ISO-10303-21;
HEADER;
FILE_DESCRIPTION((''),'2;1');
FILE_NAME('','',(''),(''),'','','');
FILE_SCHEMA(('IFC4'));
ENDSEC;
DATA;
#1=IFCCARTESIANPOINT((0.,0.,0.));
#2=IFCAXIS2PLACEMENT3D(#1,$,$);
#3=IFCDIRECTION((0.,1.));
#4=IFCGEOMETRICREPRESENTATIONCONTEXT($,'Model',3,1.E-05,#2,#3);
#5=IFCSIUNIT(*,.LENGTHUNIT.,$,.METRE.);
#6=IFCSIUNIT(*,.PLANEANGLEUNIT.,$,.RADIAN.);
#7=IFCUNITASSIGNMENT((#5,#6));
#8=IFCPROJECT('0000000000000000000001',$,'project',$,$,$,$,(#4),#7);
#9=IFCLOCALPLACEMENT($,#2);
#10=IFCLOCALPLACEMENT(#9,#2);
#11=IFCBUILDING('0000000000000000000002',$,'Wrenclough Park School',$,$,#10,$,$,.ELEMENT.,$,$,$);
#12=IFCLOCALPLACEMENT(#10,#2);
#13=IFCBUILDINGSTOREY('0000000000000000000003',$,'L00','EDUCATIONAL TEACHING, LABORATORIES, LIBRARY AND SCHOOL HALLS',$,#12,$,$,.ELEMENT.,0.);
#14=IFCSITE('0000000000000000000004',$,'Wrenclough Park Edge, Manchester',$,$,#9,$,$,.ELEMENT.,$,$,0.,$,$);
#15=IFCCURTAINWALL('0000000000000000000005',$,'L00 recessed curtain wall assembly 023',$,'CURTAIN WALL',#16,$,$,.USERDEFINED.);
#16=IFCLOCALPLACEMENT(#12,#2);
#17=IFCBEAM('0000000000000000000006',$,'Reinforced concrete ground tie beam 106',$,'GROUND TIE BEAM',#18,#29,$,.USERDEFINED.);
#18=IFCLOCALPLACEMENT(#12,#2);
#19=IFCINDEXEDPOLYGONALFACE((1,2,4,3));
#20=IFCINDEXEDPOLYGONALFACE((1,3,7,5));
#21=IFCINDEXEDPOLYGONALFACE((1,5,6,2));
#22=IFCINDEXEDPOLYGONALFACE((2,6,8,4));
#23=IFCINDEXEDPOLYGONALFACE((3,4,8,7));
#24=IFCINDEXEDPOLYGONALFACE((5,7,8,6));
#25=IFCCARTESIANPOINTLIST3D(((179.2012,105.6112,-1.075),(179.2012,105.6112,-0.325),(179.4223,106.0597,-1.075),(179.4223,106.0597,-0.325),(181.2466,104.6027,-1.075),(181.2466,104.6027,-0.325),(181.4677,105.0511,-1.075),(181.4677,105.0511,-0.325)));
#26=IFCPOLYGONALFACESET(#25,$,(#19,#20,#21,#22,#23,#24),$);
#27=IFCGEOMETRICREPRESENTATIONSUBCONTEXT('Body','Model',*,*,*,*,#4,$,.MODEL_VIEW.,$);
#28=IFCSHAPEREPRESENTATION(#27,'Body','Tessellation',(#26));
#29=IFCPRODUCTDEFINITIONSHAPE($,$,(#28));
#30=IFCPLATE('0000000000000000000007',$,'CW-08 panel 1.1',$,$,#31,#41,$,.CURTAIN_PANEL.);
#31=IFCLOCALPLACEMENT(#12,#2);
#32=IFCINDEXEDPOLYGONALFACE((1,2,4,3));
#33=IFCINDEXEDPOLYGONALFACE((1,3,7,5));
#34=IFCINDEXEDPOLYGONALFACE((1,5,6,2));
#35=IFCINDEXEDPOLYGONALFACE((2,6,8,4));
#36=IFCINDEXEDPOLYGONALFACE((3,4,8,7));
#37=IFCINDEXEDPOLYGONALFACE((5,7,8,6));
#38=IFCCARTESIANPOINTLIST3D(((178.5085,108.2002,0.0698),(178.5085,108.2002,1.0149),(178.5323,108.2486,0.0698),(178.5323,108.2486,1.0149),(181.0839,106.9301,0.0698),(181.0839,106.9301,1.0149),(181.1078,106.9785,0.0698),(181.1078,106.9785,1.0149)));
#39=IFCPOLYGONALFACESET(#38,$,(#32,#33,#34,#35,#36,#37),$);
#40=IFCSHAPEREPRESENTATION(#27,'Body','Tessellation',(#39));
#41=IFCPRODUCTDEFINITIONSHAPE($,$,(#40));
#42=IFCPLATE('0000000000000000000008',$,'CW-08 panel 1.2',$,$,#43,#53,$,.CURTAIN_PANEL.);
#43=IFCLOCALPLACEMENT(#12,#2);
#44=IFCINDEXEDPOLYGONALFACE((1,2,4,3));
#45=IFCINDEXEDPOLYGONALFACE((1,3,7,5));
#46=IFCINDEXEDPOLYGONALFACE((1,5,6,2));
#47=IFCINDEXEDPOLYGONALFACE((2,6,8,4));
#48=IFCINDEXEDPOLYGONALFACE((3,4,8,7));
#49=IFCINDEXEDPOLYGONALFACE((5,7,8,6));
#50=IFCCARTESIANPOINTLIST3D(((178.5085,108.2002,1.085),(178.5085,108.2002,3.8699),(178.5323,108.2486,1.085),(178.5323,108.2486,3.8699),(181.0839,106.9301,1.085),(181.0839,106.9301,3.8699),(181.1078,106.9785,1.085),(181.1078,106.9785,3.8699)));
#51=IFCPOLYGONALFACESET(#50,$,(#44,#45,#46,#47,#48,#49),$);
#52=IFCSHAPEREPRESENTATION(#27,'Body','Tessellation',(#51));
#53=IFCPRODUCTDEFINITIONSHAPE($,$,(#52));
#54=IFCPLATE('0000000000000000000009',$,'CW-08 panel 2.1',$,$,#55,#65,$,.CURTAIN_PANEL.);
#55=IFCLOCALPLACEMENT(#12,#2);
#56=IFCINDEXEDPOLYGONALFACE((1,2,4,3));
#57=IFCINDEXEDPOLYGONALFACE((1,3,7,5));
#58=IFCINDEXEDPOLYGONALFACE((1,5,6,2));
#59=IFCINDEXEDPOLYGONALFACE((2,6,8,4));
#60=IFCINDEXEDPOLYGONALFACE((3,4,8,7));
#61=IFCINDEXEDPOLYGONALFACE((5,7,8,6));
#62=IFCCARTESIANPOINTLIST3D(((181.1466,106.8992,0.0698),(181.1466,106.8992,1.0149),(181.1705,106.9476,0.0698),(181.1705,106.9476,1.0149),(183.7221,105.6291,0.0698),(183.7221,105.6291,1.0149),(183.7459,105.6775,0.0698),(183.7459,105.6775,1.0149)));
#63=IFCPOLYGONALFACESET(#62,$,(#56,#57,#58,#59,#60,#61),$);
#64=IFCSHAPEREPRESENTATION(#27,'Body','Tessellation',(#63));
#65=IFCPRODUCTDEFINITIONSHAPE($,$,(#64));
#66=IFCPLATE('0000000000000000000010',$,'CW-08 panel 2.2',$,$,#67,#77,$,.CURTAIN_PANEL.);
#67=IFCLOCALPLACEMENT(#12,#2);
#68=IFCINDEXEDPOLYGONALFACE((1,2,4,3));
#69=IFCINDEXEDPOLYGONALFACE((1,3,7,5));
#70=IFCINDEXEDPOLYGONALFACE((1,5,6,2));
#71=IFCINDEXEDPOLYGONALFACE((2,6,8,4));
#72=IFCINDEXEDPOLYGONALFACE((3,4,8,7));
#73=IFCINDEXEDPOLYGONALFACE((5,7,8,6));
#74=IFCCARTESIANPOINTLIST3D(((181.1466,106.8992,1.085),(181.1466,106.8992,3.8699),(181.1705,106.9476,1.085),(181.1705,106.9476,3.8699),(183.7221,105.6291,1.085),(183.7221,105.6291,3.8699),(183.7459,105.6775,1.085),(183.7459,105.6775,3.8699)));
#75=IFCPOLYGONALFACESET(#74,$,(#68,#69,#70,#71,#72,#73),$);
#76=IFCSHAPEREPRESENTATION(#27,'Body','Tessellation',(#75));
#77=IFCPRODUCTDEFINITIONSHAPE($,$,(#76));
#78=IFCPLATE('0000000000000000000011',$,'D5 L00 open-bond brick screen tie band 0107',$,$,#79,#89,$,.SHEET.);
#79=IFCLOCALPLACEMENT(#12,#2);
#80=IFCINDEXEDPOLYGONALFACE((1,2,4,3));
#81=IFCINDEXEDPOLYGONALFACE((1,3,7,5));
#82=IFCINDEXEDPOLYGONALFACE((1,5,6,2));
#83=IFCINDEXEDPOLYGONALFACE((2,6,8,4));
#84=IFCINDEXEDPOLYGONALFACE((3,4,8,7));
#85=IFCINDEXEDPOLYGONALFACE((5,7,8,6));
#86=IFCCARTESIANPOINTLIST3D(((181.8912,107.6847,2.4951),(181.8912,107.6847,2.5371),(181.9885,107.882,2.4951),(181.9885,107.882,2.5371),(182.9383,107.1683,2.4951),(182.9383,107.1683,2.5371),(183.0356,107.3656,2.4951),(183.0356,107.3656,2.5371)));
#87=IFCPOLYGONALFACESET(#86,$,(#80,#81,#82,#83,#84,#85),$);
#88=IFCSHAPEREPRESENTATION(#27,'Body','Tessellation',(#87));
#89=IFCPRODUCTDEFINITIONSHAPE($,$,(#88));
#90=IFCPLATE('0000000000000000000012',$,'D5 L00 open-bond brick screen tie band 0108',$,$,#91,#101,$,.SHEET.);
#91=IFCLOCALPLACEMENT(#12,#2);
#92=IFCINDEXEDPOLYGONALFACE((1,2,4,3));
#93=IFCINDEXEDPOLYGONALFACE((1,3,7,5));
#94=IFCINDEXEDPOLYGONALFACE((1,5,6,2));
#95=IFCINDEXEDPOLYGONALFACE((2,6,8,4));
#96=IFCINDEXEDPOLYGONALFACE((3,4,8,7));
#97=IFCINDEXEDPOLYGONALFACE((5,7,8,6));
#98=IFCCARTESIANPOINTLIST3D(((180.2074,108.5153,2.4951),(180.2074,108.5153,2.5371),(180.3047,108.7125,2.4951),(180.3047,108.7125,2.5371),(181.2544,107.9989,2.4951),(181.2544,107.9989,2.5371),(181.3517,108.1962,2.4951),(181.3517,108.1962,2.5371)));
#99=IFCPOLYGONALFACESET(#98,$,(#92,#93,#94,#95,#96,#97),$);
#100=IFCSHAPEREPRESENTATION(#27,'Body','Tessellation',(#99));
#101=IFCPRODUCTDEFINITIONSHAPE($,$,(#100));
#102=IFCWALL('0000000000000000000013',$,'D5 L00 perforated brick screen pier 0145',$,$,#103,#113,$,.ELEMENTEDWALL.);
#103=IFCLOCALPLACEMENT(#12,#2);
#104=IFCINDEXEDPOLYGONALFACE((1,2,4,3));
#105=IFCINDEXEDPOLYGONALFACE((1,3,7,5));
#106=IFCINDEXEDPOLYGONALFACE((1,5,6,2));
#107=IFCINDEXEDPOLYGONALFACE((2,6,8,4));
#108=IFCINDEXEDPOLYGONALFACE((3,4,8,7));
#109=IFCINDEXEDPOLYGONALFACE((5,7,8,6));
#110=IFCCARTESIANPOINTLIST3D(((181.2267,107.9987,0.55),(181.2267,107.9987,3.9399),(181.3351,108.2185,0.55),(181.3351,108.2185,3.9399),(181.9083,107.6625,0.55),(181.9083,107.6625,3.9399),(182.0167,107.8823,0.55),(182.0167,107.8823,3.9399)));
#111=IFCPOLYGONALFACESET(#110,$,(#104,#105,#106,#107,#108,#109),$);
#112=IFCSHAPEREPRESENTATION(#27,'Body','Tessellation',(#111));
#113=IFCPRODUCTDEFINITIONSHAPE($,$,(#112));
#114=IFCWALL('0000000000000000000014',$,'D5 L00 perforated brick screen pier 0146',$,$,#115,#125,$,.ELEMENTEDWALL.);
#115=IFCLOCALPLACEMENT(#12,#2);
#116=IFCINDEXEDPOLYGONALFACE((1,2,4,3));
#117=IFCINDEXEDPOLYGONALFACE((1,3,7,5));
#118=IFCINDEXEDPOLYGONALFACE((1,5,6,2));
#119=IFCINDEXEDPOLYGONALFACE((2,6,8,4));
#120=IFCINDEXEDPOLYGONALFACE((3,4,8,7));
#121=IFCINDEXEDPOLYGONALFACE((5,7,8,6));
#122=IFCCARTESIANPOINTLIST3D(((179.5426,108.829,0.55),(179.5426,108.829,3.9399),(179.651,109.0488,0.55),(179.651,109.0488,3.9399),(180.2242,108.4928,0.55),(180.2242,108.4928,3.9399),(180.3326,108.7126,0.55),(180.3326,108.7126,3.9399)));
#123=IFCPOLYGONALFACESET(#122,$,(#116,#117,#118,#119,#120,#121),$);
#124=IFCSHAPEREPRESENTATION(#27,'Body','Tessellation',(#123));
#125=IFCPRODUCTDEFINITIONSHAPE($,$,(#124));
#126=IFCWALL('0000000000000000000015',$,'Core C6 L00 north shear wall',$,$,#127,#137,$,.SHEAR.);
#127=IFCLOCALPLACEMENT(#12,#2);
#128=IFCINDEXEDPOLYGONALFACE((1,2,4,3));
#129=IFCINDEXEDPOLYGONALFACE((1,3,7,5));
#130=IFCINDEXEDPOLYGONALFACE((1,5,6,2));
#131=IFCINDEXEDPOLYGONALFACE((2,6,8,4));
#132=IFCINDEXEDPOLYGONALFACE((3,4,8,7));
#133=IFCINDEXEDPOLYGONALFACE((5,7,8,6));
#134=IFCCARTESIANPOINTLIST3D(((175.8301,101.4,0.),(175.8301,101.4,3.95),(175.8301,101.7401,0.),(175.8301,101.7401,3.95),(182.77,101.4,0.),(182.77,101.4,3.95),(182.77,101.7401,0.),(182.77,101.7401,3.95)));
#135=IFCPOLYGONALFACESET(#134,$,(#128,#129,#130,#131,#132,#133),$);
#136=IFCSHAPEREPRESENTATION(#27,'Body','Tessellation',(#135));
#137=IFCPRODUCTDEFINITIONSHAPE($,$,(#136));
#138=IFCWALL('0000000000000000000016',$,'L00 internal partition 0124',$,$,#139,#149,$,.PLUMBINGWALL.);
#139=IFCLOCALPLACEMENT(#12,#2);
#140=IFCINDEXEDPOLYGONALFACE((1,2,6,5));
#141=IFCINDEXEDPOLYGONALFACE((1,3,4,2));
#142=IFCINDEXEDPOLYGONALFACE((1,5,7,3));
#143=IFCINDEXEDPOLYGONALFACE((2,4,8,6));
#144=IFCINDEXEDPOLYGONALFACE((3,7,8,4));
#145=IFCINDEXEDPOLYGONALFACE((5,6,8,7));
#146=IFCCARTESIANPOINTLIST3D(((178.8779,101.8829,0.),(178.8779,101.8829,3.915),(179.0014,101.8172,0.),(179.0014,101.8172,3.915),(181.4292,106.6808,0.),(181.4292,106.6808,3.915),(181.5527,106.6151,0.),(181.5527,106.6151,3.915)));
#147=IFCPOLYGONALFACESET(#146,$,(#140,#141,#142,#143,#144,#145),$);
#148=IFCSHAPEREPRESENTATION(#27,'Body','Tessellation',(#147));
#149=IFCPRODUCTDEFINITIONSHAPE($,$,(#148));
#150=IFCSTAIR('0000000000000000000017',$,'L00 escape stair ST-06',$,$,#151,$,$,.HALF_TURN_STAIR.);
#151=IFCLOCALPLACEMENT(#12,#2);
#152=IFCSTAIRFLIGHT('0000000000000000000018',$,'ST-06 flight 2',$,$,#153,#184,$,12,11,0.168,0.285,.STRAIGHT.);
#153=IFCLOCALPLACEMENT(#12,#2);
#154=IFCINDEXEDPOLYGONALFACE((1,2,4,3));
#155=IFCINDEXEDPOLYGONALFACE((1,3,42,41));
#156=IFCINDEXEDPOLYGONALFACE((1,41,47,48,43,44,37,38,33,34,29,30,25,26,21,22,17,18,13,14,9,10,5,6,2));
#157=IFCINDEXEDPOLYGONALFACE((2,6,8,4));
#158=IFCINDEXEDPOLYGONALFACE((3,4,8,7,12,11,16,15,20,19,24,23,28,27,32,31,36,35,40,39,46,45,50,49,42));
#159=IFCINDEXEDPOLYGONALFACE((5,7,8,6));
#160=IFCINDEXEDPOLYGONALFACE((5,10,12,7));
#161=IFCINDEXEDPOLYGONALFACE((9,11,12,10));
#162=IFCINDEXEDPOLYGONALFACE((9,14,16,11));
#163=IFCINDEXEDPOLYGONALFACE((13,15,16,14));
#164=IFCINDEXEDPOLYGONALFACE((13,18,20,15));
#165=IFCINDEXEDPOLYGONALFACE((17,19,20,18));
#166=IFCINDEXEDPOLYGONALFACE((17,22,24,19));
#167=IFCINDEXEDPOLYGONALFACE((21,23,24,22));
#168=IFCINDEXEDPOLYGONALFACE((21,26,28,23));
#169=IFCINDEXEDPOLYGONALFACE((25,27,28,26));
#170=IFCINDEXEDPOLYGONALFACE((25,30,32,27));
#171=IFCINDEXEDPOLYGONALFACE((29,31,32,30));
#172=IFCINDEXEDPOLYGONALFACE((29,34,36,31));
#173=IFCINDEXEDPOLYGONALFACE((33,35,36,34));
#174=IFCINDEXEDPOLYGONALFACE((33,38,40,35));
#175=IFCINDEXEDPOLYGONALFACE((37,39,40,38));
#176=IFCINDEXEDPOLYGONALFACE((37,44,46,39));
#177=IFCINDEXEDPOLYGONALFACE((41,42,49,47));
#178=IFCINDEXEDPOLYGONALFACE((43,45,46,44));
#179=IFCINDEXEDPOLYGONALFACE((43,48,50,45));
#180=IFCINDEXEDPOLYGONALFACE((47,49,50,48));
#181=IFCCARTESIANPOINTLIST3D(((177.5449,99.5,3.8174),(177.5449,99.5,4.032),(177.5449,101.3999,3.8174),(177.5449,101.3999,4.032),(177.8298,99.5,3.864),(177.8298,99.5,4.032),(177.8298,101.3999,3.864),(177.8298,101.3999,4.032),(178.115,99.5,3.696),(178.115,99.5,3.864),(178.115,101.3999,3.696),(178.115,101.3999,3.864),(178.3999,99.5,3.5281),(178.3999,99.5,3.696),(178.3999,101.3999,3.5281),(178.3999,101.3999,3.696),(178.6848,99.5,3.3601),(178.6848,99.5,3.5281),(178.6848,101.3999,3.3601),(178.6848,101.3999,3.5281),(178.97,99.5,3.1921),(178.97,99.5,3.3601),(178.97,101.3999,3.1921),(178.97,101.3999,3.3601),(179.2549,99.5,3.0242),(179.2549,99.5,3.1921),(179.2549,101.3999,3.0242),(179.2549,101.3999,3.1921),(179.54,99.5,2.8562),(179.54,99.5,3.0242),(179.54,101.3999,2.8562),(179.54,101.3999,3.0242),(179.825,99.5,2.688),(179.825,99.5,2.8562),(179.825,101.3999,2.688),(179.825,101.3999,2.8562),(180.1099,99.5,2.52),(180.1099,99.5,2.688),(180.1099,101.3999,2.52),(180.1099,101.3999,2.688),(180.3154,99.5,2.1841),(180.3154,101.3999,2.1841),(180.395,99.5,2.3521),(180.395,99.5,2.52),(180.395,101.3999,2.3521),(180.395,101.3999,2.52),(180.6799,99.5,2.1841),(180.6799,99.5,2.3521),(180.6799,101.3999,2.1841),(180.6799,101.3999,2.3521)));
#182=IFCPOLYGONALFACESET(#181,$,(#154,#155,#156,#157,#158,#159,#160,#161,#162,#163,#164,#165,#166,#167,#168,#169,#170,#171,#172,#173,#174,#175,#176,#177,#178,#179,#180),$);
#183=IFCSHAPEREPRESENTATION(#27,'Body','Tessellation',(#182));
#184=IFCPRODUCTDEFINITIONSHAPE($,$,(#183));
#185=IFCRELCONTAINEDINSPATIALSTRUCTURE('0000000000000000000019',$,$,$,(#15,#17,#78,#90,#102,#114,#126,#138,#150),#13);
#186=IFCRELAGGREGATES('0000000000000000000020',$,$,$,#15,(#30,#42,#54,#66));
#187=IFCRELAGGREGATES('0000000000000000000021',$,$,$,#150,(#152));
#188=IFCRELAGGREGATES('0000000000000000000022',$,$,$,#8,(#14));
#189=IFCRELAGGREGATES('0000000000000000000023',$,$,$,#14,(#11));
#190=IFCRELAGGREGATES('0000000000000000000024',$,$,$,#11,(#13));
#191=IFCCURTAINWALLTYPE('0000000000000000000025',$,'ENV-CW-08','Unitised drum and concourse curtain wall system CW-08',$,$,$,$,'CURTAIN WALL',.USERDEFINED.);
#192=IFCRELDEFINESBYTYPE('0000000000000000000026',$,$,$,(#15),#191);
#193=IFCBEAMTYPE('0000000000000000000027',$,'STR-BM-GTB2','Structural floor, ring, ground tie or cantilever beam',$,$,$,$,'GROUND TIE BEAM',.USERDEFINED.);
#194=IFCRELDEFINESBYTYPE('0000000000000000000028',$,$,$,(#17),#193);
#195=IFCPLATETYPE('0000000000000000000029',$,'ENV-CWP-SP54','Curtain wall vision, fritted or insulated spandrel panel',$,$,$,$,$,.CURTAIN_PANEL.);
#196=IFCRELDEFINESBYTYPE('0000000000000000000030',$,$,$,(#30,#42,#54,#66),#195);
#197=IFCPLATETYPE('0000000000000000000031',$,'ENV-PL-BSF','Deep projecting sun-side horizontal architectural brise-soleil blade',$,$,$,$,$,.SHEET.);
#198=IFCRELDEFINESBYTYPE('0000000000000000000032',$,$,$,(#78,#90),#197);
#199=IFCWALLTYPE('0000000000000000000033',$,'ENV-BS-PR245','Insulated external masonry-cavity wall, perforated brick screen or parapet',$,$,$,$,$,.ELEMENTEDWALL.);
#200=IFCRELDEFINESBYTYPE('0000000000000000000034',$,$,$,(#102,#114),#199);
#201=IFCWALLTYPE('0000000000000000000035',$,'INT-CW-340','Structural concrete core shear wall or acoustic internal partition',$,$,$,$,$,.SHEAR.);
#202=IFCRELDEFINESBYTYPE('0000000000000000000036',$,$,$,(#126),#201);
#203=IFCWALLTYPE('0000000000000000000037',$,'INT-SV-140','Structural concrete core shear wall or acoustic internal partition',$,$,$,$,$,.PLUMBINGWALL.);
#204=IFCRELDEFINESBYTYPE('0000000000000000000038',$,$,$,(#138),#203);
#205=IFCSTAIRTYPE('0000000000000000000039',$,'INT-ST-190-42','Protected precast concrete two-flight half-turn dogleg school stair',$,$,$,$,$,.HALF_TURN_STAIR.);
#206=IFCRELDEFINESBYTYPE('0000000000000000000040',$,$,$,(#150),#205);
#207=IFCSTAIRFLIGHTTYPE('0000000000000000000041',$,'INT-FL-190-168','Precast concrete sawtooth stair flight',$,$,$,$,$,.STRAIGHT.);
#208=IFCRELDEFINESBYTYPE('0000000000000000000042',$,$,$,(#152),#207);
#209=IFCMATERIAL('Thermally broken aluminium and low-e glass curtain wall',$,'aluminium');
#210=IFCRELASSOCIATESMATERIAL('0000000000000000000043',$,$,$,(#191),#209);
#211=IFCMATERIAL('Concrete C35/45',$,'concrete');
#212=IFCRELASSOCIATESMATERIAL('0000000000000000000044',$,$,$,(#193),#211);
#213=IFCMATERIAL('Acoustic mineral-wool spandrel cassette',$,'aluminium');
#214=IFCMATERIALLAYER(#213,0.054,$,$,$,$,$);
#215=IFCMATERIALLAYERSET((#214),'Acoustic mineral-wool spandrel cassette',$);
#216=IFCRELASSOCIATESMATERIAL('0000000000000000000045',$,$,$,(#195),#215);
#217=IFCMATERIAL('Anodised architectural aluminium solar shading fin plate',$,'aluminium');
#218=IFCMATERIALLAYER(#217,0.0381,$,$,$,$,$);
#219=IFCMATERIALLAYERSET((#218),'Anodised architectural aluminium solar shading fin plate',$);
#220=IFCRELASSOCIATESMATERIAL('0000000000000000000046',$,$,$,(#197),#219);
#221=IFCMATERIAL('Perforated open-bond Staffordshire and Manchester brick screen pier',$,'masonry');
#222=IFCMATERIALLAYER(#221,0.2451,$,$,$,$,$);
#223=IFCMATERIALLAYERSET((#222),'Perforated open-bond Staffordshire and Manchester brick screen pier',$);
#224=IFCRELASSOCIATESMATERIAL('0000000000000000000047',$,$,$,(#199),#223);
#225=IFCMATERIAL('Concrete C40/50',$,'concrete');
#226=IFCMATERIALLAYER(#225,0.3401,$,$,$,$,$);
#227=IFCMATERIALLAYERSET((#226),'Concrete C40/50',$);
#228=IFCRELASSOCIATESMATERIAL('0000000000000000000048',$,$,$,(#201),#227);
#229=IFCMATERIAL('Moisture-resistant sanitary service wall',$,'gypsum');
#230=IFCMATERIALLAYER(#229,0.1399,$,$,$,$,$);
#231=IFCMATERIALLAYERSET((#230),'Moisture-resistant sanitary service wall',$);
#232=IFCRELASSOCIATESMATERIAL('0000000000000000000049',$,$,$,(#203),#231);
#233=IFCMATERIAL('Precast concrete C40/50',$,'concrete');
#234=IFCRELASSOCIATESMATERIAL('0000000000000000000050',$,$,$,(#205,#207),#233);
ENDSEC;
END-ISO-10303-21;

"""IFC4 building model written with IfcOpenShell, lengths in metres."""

from ifc_helpers import new_model, si_unit, direction, frame, frame_2d, origin, origin_2d, place, context, subcontext, project, spatial, polyline, rectangle, outline, extrude, material, layer, layer_set, material_profile, profile_set, type_object, element, aggregate, save


model = new_model("IFC4")

# Units and contexts
model_context = context("Model", 3, precision=1e-05, world=origin(), true_north=direction((0.0, 1.0)))
body_context = subcontext(model_context, "Body", "Model", "MODEL_VIEW")
ifc_project = project(units=[si_unit("LENGTHUNIT", "METRE"), si_unit("PLANEANGLEUNIT", "RADIAN")], contexts=[model_context])

# Site, building, storey
site_placement = place(None, origin())
site = spatial("IfcSite", under=ifc_project, at=site_placement, Name="Wrenclough Park Edge, Manchester", CompositionType="ELEMENT", RefElevation=0.0)
building_placement = place(site_placement, origin())
building = spatial("IfcBuilding", under=site, at=building_placement, Name="Wrenclough Park School", CompositionType="ELEMENT")
storey_placement = place(building_placement, origin())
storey = spatial("IfcBuildingStorey", under=building, at=storey_placement, Name="L00", Description="EDUCATIONAL TEACHING, LABORATORIES, LIBRARY AND SCHOOL HALLS", CompositionType="ELEMENT", Elevation=0.0)

# Shared definitions
ifc_material_1 = material(Name="Concrete C35/45", Category="concrete")

# Shared definitions
ifc_material_2 = material(Name="Concrete C40/50", Category="concrete")

# Curtain wall
ifc_material_3 = material(Name="Thermally broken aluminium and low-e glass curtain wall", Category="aluminium")
curtain_wall_type = type_object("IfcCurtainWallType", Name="ENV-CW-08", Description="Unitised drum and concourse curtain wall system CW-08", ElementType="CURTAIN WALL", PredefinedType="USERDEFINED", material=ifc_material_3)
curtain_wall_placement = place(storey_placement, origin())
curtain_wall = element("IfcCurtainWall", 1, at=curtain_wall_placement, inside=storey, type_object=curtain_wall_type, Name="L00 recessed curtain wall assembly 023", ObjectType="CURTAIN WALL", PredefinedType="USERDEFINED")

# Beam
ifc_material_profile_1 = material_profile(ifc_material_1, rectangle(XDim=0.5, YDim=0.75, at=origin_2d()), Name="RC GROUND 500x750")
ifc_profile_set_1 = profile_set([ifc_material_profile_1], Name="Concrete C35/45")
beam_type_1 = type_object("IfcBeamType", Name="STR-BM-GTB2", Description="Structural floor, ring, ground tie or cantilever beam", ElementType="GROUND TIE BEAM", PredefinedType="USERDEFINED", material=ifc_profile_set_1)
beam_1_placement = place(storey_placement, frame((181.3572, 104.8269, -0.7), z_axis=(-0.896897, 0.442239, 0.0), x_axis=(-0.442239, -0.896897, 0.0)))
element("IfcBeam", 2, at=beam_1_placement, inside=storey, type_object=beam_type_1, Name="Reinforced concrete ground tie beam 106", ObjectType="GROUND TIE BEAM", PredefinedType="USERDEFINED", context=body_context, shape_type="SweptSolid", body=[
    extrude(rectangle(XDim=0.5, YDim=0.75, at=origin_2d()), origin(), (0.0, 0.0, 1.0), 2.2805),
])

# Plates
ifc_material_4 = material(Name="Acoustic mineral-wool spandrel cassette", Category="aluminium")
ifc_layer_1 = layer(ifc_material_4, 0.054)
ifc_layer_set_1 = layer_set([ifc_layer_1], Name="Acoustic mineral-wool spandrel cassette")
plate_type_1 = type_object("IfcPlateType", Name="ENV-CWP-SP54", Description="Curtain wall vision, fritted or insulated spandrel panel", PredefinedType="CURTAIN_PANEL", material=ifc_layer_set_1)
plate_1_placement = place(storey_placement, frame((179.8081, 107.5894, 0.0698), z_axis=(0.0, 0.0, 1.0), x_axis=(0.896866, -0.442302, 0.0)))
plate_1 = element("IfcPlate", 3, at=plate_1_placement, type_object=plate_type_1, Name="CW-08 panel 1.1", PredefinedType="CURTAIN_PANEL", context=body_context, shape_type="SweptSolid", body=[
    extrude(rectangle(XDim=2.8716, YDim=0.054, at=origin_2d()), origin(), (0.0, 0.0, 1.0), 0.9451),
])
plate_2_placement = place(storey_placement, frame((179.8081, 107.5894, 1.085), z_axis=(0.0, 0.0, 1.0), x_axis=(0.896866, -0.442302, 0.0)))
plate_2 = element("IfcPlate", 4, at=plate_2_placement, type_object=plate_type_1, Name="CW-08 panel 1.2", PredefinedType="CURTAIN_PANEL", context=body_context, shape_type="SweptSolid", body=[
    extrude(rectangle(XDim=2.8716, YDim=0.054, at=origin_2d()), origin(), (0.0, 0.0, 1.0), 2.7849),
])
plate_3_placement = place(storey_placement, frame((182.4463, 106.2883, 0.0698), z_axis=(0.0, 0.0, 1.0), x_axis=(0.896866, -0.442302, 0.0)))
plate_3 = element("IfcPlate", 5, at=plate_3_placement, type_object=plate_type_1, Name="CW-08 panel 2.1", PredefinedType="CURTAIN_PANEL", context=body_context, shape_type="SweptSolid", body=[
    extrude(rectangle(XDim=2.8716, YDim=0.054, at=origin_2d()), origin(), (0.0, 0.0, 1.0), 0.9451),
])
plate_4_placement = place(storey_placement, frame((182.4463, 106.2883, 1.085), z_axis=(0.0, 0.0, 1.0), x_axis=(0.896866, -0.442302, 0.0)))
plate_4 = element("IfcPlate", 6, at=plate_4_placement, type_object=plate_type_1, Name="CW-08 panel 2.2", PredefinedType="CURTAIN_PANEL", context=body_context, shape_type="SweptSolid", body=[
    extrude(rectangle(XDim=2.8716, YDim=0.054, at=origin_2d()), origin(), (0.0, 0.0, 1.0), 2.7849),
])
aggregate(curtain_wall, [plate_1, plate_2, plate_3, plate_4])

# Plates
ifc_material_5 = material(Name="Anodised architectural aluminium solar shading fin plate", Category="aluminium")
ifc_layer_2 = layer(ifc_material_5, 0.0381)
ifc_layer_set_2 = layer_set([ifc_layer_2], Name="Anodised architectural aluminium solar shading fin plate")
plate_type_2 = type_object("IfcPlateType", Name="ENV-PL-BSF", Description="Deep projecting sun-side horizontal architectural brise-soleil blade", PredefinedType="SHEET", material=ifc_layer_set_2)
for number, where, z_axis, x_axis, name in (
    (7, (182.4634, 107.5251, 2.4951), (0.0, 0.0, 1.0), (-0.896867, 0.4423, 0.0), "D5 L00 open-bond brick screen tie band 0107"),
    (8, (180.7795, 108.3557, 2.4951), (0.0, 0.0, 1.0), (-0.896867, 0.4423, 0.0), "D5 L00 open-bond brick screen tie band 0108"),
):
    element("IfcPlate", number, at=place(storey_placement, frame(where, z_axis=z_axis, x_axis=x_axis)), inside=storey, type_object=plate_type_2, Name=name, PredefinedType="SHEET", context=body_context, shape_type="SweptSolid", body=[
        extrude(rectangle(XDim=1.1675, YDim=0.22, at=origin_2d()), origin(), (0.0, 0.0, 1.0), 0.042),
    ])

# Walls
ifc_material_6 = material(Name="Perforated open-bond Staffordshire and Manchester brick screen pier", Category="masonry")
ifc_layer_3 = layer(ifc_material_6, 0.2451)
ifc_layer_set_3 = layer_set([ifc_layer_3], Name="Perforated open-bond Staffordshire and Manchester brick screen pier")
wall_type_1 = type_object("IfcWallType", Name="ENV-BS-PR245", Description="Insulated external masonry-cavity wall, perforated brick screen or parapet", PredefinedType="ELEMENTEDWALL", material=ifc_layer_set_3)
for number, where, z_axis, x_axis, name in (
    (9, (181.9624, 107.7725, 0.55), (0.0, 0.0, 1.0), (-0.896855, 0.442324, 0.0), "D5 L00 perforated brick screen pier 0145"),
    (10, (180.2783, 108.6028, 0.55), (0.0, 0.0, 1.0), (-0.896855, 0.442324, 0.0), "D5 L00 perforated brick screen pier 0146"),
):
    element("IfcWall", number, at=place(storey_placement, frame(where, z_axis=z_axis, x_axis=x_axis)), inside=storey, type_object=wall_type_1, Name=name, PredefinedType="ELEMENTEDWALL", context=body_context, shape_type="SweptSolid", body=[
        extrude(rectangle(XDim=0.76, YDim=0.2451, at=frame_2d((0.3799, 0.0))), origin(), (0.0, 0.0, 1.0), 3.3899),
    ])
ifc_layer_4 = layer(ifc_material_2, 0.3401)
ifc_layer_set_4 = layer_set([ifc_layer_4], Name="Concrete C40/50")
wall_type_2 = type_object("IfcWallType", Name="INT-CW-340", Description="Structural concrete core shear wall or acoustic internal partition", PredefinedType="SHEAR", material=ifc_layer_set_4)
wall_1_placement = place(storey_placement, frame((182.77, 101.5701, 0.0), z_axis=(0.0, 0.0, 1.0), x_axis=(-1.0, 0.0, 0.0)))
element("IfcWall", 11, at=wall_1_placement, inside=storey, type_object=wall_type_2, Name="Core C6 L00 north shear wall", PredefinedType="SHEAR", context=body_context, shape_type="SweptSolid", body=[
    extrude(rectangle(XDim=6.9399, YDim=0.3401, at=frame_2d((3.47, 0.0))), origin(), (0.0, 0.0, 1.0), 3.95),
])
ifc_material_7 = material(Name="Moisture-resistant sanitary service wall", Category="gypsum")
ifc_layer_5 = layer(ifc_material_7, 0.1399)
ifc_layer_set_5 = layer_set([ifc_layer_5], Name="Moisture-resistant sanitary service wall")
wall_type_3 = type_object("IfcWallType", Name="INT-SV-140", Description="Structural concrete core shear wall or acoustic internal partition", PredefinedType="PLUMBINGWALL", material=ifc_layer_set_5)
wall_2_placement = place(storey_placement, frame((181.491, 106.6479, 0.0), z_axis=(0.0, 0.0, 1.0), x_axis=(-0.469501, -0.882932, 0.0)))
element("IfcWall", 12, at=wall_2_placement, inside=storey, type_object=wall_type_3, Name="L00 internal partition 0124", PredefinedType="PLUMBINGWALL", context=body_context, shape_type="SweptSolid", body=[
    extrude(rectangle(XDim=5.4341, YDim=0.1399, at=frame_2d((2.717, 0.0))), origin(), (0.0, 0.0, 1.0), 3.915),
])

# Stair, stair flight
ifc_material_8 = material(Name="Precast concrete C40/50", Category="concrete")
stair_type = type_object("IfcStairType", Name="INT-ST-190-42", Description="Protected precast concrete two-flight half-turn dogleg school stair", PredefinedType="HALF_TURN_STAIR", material=ifc_material_8)
stair_placement = place(storey_placement, origin())
stair = element("IfcStair", 13, at=stair_placement, inside=storey, type_object=stair_type, Name="L00 escape stair ST-06", PredefinedType="HALF_TURN_STAIR")
stair_flight_type = type_object("IfcStairFlightType", Name="INT-FL-190-168", Description="Precast concrete sawtooth stair flight", PredefinedType="STRAIGHT", material=ifc_material_8)
stair_flight_placement = place(storey_placement, frame((180.6799, 100.45, 2.1841), z_axis=(0.0, 0.0, 1.0), x_axis=(-1.0, 0.0, 0.0)))
stair_flight = element("IfcStairFlight", 14, at=stair_flight_placement, type_object=stair_flight_type, Name="ST-06 flight 2", NumberOfRisers=12, NumberOfTreads=11, PredefinedType="STRAIGHT", RiserHeight=0.168, TreadLength=0.285, context=body_context, shape_type="SweptSolid", body=[
    extrude(outline(polyline([(0.0, 0.0), (0.0, 0.168), (0.2849, 0.168), (0.2849, 0.3359), (0.5701, 0.3359), (0.5701, 0.5039), (0.855, 0.5039), (0.855, 0.6721), (1.1399, 0.6721), (1.1399, 0.8401), (1.425, 0.8401), (1.425, 1.0081), (1.71, 1.0081), (1.71, 1.176), (1.9951, 1.176), (1.9951, 1.344), (2.28, 1.344), (2.28, 1.512), (2.5649, 1.512), (2.5649, 1.6799), (2.8501, 1.6799), (2.8501, 1.8479), (3.135, 1.8479), (3.135, 2.0161), (3.135, 1.6333), (0.3645, 0.0), (0.0, 0.0)])), frame((0.0, 0.95, 0.0), z_axis=(0.0, -1.0, 0.0), x_axis=(1.0, 0.0, 0.0)), (0.0, 0.0, 1.0), 1.8999),
])
aggregate(stair, [stair_flight])

save(model, "model.ifc")
